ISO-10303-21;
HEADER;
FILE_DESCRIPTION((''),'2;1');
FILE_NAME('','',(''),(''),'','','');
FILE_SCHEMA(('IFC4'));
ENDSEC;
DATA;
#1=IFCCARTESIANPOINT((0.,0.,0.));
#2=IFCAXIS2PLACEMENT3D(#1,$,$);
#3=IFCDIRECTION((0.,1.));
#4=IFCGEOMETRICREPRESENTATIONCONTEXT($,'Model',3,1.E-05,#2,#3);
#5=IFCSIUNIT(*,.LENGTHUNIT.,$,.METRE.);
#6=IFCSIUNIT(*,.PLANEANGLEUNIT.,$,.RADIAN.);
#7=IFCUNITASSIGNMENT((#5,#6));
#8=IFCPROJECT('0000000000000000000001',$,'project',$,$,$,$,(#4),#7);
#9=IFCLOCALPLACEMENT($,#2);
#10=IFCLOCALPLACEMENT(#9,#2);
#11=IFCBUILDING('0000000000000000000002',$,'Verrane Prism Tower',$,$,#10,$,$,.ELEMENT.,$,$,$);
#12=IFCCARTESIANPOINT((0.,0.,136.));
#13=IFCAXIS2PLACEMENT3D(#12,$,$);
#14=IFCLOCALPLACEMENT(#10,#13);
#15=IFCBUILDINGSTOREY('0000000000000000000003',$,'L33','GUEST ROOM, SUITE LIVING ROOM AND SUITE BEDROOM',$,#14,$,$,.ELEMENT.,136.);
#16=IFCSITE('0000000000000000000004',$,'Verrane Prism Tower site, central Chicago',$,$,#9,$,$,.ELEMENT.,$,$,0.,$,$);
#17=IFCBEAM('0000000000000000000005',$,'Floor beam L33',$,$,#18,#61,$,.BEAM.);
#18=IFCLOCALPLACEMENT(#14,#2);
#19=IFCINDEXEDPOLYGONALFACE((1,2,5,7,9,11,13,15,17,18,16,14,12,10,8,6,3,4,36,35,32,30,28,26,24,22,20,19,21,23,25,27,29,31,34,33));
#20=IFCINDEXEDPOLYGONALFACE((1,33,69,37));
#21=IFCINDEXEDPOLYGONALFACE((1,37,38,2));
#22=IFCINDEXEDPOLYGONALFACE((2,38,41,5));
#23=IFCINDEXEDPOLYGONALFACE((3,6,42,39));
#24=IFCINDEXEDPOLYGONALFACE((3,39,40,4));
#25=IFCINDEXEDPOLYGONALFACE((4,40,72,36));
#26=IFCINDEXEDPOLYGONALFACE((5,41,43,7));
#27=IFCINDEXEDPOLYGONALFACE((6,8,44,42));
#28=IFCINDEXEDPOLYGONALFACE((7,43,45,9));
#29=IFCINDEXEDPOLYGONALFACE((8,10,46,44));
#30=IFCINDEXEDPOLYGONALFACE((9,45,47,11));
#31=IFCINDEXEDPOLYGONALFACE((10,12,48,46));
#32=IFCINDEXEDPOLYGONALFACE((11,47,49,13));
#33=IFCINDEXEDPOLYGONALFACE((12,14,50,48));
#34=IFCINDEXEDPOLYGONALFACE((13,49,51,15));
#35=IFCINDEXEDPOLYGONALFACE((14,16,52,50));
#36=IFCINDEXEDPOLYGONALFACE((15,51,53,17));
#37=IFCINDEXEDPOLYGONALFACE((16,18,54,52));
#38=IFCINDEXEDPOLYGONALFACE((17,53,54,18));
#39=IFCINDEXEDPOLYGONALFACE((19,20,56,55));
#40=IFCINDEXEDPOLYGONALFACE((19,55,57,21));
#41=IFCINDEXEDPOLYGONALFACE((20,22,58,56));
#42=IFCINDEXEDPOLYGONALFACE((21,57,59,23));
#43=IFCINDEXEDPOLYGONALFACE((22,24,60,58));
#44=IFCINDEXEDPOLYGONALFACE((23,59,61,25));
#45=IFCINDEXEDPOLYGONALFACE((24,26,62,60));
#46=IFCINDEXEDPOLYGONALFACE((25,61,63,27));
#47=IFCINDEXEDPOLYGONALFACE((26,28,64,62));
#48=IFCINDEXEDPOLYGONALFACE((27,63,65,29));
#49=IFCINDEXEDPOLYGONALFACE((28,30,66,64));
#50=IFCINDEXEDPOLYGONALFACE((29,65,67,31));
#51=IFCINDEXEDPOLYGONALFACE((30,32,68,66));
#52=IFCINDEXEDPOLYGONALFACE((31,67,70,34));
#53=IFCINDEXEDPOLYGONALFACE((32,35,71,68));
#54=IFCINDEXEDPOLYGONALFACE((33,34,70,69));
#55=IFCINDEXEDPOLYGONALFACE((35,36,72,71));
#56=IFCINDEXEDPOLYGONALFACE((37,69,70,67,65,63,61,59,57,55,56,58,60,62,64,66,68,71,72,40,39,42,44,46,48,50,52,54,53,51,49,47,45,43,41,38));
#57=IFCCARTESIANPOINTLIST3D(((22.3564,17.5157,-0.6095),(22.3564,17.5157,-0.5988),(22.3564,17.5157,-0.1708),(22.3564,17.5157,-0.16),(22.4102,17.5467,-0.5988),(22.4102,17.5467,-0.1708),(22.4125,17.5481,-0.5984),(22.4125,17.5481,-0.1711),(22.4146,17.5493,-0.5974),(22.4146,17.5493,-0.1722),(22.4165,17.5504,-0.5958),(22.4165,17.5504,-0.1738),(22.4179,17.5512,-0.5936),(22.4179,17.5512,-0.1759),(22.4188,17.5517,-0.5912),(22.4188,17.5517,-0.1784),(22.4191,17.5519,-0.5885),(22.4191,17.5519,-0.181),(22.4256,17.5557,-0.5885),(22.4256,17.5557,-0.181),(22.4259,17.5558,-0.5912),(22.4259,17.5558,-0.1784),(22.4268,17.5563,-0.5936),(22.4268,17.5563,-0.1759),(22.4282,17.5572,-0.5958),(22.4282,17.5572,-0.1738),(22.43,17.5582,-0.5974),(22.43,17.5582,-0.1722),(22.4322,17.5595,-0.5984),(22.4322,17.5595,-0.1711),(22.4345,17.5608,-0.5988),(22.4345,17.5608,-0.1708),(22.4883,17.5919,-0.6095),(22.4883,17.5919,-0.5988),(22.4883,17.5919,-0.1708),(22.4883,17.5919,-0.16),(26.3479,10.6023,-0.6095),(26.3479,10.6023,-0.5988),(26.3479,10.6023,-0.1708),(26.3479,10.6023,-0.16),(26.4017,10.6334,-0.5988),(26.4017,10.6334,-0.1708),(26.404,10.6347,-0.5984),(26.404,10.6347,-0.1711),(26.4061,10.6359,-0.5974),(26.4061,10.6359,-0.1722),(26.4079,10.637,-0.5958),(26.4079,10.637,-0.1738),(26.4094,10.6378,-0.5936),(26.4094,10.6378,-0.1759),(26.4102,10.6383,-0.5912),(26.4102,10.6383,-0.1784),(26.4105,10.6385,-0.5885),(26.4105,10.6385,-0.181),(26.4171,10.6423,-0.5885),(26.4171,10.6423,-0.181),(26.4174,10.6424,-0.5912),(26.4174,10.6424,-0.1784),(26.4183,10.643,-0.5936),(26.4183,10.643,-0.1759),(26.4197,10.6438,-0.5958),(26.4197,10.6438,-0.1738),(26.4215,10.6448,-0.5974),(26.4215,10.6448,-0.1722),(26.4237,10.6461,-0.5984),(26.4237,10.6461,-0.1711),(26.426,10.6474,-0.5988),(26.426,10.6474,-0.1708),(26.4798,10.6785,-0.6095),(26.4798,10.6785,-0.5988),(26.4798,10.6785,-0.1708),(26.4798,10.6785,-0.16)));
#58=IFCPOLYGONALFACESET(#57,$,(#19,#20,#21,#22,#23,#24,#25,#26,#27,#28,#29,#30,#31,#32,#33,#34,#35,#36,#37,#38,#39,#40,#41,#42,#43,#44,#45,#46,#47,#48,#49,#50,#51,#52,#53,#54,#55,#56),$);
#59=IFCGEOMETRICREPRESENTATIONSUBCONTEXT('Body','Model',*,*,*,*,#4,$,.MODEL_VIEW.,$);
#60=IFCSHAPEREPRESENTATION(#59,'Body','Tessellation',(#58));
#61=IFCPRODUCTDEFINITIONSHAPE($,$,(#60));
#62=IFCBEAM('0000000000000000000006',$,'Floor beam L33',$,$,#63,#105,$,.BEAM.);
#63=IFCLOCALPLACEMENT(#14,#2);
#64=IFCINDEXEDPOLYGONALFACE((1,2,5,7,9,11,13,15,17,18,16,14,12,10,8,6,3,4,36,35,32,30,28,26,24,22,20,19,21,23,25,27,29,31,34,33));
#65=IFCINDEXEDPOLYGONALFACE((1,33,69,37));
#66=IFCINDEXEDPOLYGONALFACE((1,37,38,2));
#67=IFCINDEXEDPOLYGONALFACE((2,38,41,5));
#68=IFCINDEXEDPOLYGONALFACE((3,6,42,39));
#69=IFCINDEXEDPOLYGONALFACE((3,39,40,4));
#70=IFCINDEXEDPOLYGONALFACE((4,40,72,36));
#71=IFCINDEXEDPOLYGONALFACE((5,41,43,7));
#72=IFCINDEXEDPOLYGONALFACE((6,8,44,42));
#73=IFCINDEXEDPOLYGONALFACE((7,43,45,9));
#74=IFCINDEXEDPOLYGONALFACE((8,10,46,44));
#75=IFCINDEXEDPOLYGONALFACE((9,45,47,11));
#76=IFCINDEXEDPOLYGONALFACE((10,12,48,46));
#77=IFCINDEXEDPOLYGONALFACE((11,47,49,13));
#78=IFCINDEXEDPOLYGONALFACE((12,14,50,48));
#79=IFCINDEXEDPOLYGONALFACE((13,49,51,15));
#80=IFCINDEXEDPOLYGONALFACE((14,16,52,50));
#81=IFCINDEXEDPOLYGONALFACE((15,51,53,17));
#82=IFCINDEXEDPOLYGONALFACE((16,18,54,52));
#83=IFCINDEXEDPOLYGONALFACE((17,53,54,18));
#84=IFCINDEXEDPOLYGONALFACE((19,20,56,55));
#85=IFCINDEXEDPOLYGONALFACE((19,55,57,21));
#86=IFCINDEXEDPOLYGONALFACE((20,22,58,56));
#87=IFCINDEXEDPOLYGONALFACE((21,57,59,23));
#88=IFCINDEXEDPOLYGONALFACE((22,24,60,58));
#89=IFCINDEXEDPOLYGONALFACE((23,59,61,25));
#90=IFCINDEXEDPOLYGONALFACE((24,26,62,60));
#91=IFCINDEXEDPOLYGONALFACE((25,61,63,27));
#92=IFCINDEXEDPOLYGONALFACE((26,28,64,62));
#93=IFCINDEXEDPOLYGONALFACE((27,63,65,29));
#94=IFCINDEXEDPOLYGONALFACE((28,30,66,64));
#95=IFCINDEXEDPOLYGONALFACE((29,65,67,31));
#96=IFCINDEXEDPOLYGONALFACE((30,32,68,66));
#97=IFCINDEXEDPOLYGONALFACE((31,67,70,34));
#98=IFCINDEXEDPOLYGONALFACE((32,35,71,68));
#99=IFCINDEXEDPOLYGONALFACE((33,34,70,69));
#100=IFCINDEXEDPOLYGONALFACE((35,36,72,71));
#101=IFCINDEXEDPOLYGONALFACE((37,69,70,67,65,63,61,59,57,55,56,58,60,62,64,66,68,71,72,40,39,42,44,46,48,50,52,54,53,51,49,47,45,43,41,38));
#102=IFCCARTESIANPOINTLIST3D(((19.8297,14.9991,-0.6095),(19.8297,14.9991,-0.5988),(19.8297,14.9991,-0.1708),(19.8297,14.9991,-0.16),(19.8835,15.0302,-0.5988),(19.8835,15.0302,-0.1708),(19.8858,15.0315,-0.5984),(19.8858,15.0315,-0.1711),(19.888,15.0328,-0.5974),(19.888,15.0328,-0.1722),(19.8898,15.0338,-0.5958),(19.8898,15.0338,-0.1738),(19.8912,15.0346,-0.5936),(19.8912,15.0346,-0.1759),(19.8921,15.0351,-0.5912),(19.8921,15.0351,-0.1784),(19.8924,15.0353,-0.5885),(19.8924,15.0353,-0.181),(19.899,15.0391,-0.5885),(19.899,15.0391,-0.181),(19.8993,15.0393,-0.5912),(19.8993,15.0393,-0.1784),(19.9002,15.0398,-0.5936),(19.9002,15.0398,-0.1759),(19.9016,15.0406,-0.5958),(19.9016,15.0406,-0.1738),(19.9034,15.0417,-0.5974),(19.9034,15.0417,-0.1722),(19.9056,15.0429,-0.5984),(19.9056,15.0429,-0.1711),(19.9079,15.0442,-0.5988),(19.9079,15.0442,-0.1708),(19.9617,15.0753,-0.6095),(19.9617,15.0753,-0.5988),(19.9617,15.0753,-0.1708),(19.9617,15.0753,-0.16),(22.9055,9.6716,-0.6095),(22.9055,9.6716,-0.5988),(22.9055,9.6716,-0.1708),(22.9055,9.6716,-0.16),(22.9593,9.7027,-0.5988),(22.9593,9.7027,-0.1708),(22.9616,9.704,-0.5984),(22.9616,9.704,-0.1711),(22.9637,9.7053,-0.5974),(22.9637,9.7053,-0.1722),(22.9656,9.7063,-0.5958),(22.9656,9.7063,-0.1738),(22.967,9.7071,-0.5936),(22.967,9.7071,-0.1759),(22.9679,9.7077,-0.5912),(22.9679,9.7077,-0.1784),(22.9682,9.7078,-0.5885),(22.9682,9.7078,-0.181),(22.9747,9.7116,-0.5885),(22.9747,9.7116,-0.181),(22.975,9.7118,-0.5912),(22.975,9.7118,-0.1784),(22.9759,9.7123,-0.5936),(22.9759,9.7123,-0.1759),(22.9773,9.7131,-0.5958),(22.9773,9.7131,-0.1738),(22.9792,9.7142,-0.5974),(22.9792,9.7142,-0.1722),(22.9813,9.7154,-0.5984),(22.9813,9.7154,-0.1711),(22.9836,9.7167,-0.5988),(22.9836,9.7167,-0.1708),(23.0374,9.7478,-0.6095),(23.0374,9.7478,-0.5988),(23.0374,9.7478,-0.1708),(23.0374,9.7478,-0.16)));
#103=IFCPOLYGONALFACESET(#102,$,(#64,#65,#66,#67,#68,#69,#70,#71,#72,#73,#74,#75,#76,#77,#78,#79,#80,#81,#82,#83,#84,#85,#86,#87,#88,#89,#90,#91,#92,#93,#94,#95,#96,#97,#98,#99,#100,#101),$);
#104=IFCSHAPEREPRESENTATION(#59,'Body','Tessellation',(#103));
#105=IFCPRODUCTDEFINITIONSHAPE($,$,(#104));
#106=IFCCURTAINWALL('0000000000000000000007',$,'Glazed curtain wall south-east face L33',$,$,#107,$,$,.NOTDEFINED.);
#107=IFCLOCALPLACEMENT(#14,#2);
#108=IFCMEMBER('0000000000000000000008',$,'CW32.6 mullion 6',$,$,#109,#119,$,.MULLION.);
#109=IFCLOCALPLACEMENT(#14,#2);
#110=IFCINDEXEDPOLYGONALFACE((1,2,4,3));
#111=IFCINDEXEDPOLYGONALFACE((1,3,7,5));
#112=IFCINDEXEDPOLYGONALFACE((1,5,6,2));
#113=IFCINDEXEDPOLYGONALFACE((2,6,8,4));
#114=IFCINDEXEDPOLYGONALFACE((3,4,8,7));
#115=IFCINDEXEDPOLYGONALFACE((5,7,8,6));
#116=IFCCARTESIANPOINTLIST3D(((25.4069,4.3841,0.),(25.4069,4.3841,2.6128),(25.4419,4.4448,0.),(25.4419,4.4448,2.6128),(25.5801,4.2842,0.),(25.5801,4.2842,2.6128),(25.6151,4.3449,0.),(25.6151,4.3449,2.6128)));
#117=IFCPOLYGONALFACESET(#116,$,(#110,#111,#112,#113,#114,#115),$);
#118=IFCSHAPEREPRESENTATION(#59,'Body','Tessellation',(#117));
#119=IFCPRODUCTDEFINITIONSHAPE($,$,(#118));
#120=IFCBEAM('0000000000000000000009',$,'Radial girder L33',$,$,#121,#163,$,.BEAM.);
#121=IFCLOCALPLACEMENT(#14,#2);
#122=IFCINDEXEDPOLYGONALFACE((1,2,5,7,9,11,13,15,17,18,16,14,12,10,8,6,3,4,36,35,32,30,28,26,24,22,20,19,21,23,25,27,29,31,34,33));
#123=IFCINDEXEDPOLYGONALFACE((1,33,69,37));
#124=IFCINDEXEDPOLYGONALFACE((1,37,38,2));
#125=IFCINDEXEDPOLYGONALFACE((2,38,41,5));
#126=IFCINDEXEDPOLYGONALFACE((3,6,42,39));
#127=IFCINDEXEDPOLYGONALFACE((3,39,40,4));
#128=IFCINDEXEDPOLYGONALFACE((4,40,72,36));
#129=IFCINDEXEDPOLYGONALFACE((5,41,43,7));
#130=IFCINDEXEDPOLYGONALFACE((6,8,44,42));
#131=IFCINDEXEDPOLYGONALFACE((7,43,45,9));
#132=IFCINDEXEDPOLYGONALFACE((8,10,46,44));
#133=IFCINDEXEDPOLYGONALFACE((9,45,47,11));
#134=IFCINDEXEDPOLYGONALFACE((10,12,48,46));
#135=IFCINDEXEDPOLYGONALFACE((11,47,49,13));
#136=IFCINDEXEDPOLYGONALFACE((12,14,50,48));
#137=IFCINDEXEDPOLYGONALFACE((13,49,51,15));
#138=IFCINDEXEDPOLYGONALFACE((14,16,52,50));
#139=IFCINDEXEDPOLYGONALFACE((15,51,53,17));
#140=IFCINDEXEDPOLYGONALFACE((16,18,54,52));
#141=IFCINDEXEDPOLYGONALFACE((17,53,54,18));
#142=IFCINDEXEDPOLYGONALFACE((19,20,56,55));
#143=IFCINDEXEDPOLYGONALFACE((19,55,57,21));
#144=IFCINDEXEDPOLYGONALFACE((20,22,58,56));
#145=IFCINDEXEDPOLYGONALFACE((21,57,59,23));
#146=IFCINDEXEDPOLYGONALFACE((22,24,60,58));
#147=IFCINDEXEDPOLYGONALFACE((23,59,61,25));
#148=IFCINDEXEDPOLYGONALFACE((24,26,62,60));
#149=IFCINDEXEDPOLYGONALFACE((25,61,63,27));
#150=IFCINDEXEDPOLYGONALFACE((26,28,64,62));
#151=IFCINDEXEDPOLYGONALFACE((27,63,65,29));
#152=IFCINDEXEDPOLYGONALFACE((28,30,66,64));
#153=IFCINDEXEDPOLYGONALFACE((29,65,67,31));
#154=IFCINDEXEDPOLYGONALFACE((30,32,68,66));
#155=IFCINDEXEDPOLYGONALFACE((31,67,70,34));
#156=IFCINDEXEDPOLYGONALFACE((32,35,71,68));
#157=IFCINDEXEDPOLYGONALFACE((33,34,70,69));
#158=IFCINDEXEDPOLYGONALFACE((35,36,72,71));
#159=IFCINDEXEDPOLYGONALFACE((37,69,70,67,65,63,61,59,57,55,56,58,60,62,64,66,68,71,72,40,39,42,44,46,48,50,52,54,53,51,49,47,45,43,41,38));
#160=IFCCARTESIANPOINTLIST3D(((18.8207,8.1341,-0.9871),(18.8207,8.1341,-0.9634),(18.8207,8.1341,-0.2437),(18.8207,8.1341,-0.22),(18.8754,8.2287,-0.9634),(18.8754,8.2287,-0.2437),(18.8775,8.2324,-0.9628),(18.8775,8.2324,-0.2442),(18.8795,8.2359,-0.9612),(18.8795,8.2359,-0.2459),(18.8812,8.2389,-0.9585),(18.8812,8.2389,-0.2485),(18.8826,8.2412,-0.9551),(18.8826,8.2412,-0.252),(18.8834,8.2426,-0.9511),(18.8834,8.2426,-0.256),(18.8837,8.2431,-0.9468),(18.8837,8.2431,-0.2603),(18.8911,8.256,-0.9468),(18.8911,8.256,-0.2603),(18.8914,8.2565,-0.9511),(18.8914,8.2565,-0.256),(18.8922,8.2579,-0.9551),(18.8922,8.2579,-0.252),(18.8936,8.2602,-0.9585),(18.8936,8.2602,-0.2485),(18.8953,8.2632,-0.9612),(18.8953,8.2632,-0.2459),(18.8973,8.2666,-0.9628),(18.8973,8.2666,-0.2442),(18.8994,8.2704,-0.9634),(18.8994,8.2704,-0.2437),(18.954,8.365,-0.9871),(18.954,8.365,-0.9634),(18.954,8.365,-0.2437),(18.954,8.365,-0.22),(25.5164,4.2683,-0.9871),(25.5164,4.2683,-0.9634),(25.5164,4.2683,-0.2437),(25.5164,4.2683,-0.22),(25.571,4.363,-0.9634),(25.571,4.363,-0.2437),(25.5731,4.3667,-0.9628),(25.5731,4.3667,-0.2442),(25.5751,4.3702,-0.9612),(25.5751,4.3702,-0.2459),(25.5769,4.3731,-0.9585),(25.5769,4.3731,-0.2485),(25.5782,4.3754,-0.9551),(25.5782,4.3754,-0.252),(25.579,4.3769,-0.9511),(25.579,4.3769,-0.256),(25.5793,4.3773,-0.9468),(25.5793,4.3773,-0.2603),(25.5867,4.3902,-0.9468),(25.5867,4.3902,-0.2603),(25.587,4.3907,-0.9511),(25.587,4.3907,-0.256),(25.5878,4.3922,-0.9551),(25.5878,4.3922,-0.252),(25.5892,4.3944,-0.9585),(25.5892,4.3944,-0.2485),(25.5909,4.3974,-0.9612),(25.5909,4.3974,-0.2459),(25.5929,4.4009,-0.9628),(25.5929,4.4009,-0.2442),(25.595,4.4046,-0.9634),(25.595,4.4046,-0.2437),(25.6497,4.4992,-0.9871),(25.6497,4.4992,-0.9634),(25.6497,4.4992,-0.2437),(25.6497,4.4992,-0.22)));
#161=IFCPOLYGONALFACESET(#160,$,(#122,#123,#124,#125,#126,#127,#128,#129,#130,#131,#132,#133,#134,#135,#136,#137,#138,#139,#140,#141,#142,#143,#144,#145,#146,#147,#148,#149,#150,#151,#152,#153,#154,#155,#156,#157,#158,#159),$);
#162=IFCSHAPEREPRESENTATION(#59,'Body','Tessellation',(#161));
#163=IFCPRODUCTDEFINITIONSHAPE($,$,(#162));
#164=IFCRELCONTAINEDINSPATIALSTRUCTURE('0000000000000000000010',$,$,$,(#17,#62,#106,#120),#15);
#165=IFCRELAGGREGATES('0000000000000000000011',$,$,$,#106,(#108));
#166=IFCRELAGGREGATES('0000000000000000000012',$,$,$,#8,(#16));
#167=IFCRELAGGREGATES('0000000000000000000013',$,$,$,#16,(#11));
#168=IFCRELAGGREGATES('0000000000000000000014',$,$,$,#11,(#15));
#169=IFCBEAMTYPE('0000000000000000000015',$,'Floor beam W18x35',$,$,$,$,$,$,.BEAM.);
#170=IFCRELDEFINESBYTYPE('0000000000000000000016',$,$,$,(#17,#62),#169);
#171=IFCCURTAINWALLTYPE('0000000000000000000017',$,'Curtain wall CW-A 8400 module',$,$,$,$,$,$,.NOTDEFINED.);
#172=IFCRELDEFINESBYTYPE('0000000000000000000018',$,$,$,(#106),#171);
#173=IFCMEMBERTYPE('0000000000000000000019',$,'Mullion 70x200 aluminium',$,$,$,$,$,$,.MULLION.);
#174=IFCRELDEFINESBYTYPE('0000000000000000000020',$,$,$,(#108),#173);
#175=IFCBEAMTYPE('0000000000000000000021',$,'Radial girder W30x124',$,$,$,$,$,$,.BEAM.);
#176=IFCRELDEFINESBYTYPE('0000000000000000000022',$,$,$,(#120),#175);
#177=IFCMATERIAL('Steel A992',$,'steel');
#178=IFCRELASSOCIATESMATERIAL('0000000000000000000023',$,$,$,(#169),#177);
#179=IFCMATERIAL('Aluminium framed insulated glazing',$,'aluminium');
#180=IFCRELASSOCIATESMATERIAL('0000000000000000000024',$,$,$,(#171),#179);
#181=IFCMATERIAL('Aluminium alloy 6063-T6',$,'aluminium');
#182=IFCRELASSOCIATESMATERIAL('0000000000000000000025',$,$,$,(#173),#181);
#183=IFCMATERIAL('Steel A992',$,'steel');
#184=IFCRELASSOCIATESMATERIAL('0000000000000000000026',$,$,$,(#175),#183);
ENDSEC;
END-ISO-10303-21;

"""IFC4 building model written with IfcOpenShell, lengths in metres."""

from ifc_helpers import new_model, si_unit, direction, frame, origin, origin_2d, place, context, subcontext, project, spatial, rectangle, i_section, extrude, material, material_profile, profile_set, type_object, element, aggregate, save


model = new_model("IFC4")

# Units and contexts
model_context = context("Model", 3, precision=1e-05, world=origin(), true_north=direction((0.0, 1.0)))
body_context = subcontext(model_context, "Body", "Model", "MODEL_VIEW")
ifc_project = project(units=[si_unit("LENGTHUNIT", "METRE"), si_unit("PLANEANGLEUNIT", "RADIAN")], contexts=[model_context])

# Site, building, storey
site_placement = place(None, origin())
site = spatial("IfcSite", under=ifc_project, at=site_placement, Name="Verrane Prism Tower site, central Chicago", CompositionType="ELEMENT", RefElevation=0.0)
building_placement = place(site_placement, origin())
building = spatial("IfcBuilding", under=site, at=building_placement, Name="Verrane Prism Tower", CompositionType="ELEMENT")
storey_placement = place(building_placement, frame((0.0, 0.0, 136.0)))
storey = spatial("IfcBuildingStorey", under=building, at=storey_placement, Name="L33", Description="GUEST ROOM, SUITE LIVING ROOM AND SUITE BEDROOM", CompositionType="ELEMENT", Elevation=136.0)

# Beams
ifc_material_1 = material(Name="Steel A992", Category="steel")
ifc_material_profile_1 = material_profile(ifc_material_1, i_section(OverallWidth=0.1523, OverallDepth=0.4495, WebThickness=0.0076, FlangeThickness=0.0107, FilletRadius=0.0103, at=origin_2d()), Name="W18x35")
ifc_profile_set_1 = profile_set([ifc_material_profile_1], Name="Steel A992")
beam_type_1 = type_object("IfcBeamType", Name="Floor beam W18x35", PredefinedType="BEAM", material=ifc_profile_set_1)
beam_1_placement = place(storey_placement, frame((26.4138, 10.6404, -0.3848), z_axis=(-0.500004, 0.866023, 0.0), x_axis=(-0.866023, -0.500004, 0.0)))
element("IfcBeam", 1, at=beam_1_placement, inside=storey, type_object=beam_type_1, Name="Floor beam L33", PredefinedType="BEAM", context=body_context, shape_type="SweptSolid", body=[
    extrude(i_section(OverallWidth=0.1523, OverallDepth=0.4495, WebThickness=0.0076, FlangeThickness=0.0107, FilletRadius=0.0103, at=origin_2d()), origin(), (0.0, 0.0, 1.0), 7.9829),
])
beam_2_placement = place(storey_placement, frame((22.9714, 9.7097, -0.3848), z_axis=(-0.499989, 0.866032, 0.0), x_axis=(-0.866032, -0.499989, 0.0)))
element("IfcBeam", 2, at=beam_2_placement, inside=storey, type_object=beam_type_1, Name="Floor beam L33", PredefinedType="BEAM", context=body_context, shape_type="SweptSolid", body=[
    extrude(i_section(OverallWidth=0.1523, OverallDepth=0.4495, WebThickness=0.0076, FlangeThickness=0.0107, FilletRadius=0.0103, at=origin_2d()), origin(), (0.0, 0.0, 1.0), 6.1516),
])

# Curtain wall, member
ifc_material_2 = material(Name="Aluminium framed insulated glazing", Category="aluminium")
curtain_wall_type = type_object("IfcCurtainWallType", Name="Curtain wall CW-A 8400 module", PredefinedType="NOTDEFINED", material=ifc_material_2)
curtain_wall_placement = place(storey_placement, origin())
curtain_wall = element("IfcCurtainWall", 3, at=curtain_wall_placement, inside=storey, type_object=curtain_wall_type, Name="Glazed curtain wall south-east face L33", PredefinedType="NOTDEFINED")
ifc_material_3 = material(Name="Aluminium alloy 6063-T6", Category="aluminium")
ifc_material_profile_2 = material_profile(ifc_material_3, rectangle(XDim=0.2, YDim=0.0701, at=origin_2d()), Name="Mullion 70x200 aluminium")
ifc_profile_set_2 = profile_set([ifc_material_profile_2], Name="Aluminium alloy 6063-T6")
member_type_1 = type_object("IfcMemberType", Name="Mullion 70x200 aluminium", PredefinedType="MULLION", material=ifc_profile_set_2)
member_1_placement = place(storey_placement, frame((25.511, 4.3645, 0.0), z_axis=(0.0, 0.0, 1.0), x_axis=(-0.866025, 0.5, 0.0)))
member_1 = element("IfcMember", 4, at=member_1_placement, type_object=member_type_1, Name="CW32.6 mullion 6", PredefinedType="MULLION", context=body_context, shape_type="SweptSolid", body=[
    extrude(rectangle(XDim=0.2, YDim=0.0701, at=origin_2d()), origin(), (0.0, 0.0, 1.0), 2.6128),
])

# Beam
ifc_material_4 = material(Name="Steel A992", Category="steel")
ifc_material_profile_3 = material_profile(ifc_material_4, i_section(OverallWidth=0.2666, OverallDepth=0.7671, WebThickness=0.0149, FlangeThickness=0.0237, FilletRadius=0.0166, at=origin_2d()), Name="W30x124")
ifc_profile_set_3 = profile_set([ifc_material_profile_3], Name="Steel A992")
beam_type_2 = type_object("IfcBeamType", Name="Radial girder W30x124", PredefinedType="BEAM", material=ifc_profile_set_3)
beam_3_placement = place(storey_placement, frame((25.583, 4.3838, -0.6035), z_axis=(-0.866023, 0.500004, 0.0), x_axis=(-0.500004, -0.866023, 0.0)))
element("IfcBeam", 5, at=beam_3_placement, inside=storey, type_object=beam_type_2, Name="Radial girder L33", PredefinedType="BEAM", context=body_context, shape_type="SweptSolid", body=[
    extrude(i_section(OverallWidth=0.2666, OverallDepth=0.7671, WebThickness=0.0149, FlangeThickness=0.0237, FilletRadius=0.0166, at=origin_2d()), origin(), (0.0, 0.0, 1.0), 7.7314),
])

aggregate(curtain_wall, [member_1])

save(model, "model.ifc")
